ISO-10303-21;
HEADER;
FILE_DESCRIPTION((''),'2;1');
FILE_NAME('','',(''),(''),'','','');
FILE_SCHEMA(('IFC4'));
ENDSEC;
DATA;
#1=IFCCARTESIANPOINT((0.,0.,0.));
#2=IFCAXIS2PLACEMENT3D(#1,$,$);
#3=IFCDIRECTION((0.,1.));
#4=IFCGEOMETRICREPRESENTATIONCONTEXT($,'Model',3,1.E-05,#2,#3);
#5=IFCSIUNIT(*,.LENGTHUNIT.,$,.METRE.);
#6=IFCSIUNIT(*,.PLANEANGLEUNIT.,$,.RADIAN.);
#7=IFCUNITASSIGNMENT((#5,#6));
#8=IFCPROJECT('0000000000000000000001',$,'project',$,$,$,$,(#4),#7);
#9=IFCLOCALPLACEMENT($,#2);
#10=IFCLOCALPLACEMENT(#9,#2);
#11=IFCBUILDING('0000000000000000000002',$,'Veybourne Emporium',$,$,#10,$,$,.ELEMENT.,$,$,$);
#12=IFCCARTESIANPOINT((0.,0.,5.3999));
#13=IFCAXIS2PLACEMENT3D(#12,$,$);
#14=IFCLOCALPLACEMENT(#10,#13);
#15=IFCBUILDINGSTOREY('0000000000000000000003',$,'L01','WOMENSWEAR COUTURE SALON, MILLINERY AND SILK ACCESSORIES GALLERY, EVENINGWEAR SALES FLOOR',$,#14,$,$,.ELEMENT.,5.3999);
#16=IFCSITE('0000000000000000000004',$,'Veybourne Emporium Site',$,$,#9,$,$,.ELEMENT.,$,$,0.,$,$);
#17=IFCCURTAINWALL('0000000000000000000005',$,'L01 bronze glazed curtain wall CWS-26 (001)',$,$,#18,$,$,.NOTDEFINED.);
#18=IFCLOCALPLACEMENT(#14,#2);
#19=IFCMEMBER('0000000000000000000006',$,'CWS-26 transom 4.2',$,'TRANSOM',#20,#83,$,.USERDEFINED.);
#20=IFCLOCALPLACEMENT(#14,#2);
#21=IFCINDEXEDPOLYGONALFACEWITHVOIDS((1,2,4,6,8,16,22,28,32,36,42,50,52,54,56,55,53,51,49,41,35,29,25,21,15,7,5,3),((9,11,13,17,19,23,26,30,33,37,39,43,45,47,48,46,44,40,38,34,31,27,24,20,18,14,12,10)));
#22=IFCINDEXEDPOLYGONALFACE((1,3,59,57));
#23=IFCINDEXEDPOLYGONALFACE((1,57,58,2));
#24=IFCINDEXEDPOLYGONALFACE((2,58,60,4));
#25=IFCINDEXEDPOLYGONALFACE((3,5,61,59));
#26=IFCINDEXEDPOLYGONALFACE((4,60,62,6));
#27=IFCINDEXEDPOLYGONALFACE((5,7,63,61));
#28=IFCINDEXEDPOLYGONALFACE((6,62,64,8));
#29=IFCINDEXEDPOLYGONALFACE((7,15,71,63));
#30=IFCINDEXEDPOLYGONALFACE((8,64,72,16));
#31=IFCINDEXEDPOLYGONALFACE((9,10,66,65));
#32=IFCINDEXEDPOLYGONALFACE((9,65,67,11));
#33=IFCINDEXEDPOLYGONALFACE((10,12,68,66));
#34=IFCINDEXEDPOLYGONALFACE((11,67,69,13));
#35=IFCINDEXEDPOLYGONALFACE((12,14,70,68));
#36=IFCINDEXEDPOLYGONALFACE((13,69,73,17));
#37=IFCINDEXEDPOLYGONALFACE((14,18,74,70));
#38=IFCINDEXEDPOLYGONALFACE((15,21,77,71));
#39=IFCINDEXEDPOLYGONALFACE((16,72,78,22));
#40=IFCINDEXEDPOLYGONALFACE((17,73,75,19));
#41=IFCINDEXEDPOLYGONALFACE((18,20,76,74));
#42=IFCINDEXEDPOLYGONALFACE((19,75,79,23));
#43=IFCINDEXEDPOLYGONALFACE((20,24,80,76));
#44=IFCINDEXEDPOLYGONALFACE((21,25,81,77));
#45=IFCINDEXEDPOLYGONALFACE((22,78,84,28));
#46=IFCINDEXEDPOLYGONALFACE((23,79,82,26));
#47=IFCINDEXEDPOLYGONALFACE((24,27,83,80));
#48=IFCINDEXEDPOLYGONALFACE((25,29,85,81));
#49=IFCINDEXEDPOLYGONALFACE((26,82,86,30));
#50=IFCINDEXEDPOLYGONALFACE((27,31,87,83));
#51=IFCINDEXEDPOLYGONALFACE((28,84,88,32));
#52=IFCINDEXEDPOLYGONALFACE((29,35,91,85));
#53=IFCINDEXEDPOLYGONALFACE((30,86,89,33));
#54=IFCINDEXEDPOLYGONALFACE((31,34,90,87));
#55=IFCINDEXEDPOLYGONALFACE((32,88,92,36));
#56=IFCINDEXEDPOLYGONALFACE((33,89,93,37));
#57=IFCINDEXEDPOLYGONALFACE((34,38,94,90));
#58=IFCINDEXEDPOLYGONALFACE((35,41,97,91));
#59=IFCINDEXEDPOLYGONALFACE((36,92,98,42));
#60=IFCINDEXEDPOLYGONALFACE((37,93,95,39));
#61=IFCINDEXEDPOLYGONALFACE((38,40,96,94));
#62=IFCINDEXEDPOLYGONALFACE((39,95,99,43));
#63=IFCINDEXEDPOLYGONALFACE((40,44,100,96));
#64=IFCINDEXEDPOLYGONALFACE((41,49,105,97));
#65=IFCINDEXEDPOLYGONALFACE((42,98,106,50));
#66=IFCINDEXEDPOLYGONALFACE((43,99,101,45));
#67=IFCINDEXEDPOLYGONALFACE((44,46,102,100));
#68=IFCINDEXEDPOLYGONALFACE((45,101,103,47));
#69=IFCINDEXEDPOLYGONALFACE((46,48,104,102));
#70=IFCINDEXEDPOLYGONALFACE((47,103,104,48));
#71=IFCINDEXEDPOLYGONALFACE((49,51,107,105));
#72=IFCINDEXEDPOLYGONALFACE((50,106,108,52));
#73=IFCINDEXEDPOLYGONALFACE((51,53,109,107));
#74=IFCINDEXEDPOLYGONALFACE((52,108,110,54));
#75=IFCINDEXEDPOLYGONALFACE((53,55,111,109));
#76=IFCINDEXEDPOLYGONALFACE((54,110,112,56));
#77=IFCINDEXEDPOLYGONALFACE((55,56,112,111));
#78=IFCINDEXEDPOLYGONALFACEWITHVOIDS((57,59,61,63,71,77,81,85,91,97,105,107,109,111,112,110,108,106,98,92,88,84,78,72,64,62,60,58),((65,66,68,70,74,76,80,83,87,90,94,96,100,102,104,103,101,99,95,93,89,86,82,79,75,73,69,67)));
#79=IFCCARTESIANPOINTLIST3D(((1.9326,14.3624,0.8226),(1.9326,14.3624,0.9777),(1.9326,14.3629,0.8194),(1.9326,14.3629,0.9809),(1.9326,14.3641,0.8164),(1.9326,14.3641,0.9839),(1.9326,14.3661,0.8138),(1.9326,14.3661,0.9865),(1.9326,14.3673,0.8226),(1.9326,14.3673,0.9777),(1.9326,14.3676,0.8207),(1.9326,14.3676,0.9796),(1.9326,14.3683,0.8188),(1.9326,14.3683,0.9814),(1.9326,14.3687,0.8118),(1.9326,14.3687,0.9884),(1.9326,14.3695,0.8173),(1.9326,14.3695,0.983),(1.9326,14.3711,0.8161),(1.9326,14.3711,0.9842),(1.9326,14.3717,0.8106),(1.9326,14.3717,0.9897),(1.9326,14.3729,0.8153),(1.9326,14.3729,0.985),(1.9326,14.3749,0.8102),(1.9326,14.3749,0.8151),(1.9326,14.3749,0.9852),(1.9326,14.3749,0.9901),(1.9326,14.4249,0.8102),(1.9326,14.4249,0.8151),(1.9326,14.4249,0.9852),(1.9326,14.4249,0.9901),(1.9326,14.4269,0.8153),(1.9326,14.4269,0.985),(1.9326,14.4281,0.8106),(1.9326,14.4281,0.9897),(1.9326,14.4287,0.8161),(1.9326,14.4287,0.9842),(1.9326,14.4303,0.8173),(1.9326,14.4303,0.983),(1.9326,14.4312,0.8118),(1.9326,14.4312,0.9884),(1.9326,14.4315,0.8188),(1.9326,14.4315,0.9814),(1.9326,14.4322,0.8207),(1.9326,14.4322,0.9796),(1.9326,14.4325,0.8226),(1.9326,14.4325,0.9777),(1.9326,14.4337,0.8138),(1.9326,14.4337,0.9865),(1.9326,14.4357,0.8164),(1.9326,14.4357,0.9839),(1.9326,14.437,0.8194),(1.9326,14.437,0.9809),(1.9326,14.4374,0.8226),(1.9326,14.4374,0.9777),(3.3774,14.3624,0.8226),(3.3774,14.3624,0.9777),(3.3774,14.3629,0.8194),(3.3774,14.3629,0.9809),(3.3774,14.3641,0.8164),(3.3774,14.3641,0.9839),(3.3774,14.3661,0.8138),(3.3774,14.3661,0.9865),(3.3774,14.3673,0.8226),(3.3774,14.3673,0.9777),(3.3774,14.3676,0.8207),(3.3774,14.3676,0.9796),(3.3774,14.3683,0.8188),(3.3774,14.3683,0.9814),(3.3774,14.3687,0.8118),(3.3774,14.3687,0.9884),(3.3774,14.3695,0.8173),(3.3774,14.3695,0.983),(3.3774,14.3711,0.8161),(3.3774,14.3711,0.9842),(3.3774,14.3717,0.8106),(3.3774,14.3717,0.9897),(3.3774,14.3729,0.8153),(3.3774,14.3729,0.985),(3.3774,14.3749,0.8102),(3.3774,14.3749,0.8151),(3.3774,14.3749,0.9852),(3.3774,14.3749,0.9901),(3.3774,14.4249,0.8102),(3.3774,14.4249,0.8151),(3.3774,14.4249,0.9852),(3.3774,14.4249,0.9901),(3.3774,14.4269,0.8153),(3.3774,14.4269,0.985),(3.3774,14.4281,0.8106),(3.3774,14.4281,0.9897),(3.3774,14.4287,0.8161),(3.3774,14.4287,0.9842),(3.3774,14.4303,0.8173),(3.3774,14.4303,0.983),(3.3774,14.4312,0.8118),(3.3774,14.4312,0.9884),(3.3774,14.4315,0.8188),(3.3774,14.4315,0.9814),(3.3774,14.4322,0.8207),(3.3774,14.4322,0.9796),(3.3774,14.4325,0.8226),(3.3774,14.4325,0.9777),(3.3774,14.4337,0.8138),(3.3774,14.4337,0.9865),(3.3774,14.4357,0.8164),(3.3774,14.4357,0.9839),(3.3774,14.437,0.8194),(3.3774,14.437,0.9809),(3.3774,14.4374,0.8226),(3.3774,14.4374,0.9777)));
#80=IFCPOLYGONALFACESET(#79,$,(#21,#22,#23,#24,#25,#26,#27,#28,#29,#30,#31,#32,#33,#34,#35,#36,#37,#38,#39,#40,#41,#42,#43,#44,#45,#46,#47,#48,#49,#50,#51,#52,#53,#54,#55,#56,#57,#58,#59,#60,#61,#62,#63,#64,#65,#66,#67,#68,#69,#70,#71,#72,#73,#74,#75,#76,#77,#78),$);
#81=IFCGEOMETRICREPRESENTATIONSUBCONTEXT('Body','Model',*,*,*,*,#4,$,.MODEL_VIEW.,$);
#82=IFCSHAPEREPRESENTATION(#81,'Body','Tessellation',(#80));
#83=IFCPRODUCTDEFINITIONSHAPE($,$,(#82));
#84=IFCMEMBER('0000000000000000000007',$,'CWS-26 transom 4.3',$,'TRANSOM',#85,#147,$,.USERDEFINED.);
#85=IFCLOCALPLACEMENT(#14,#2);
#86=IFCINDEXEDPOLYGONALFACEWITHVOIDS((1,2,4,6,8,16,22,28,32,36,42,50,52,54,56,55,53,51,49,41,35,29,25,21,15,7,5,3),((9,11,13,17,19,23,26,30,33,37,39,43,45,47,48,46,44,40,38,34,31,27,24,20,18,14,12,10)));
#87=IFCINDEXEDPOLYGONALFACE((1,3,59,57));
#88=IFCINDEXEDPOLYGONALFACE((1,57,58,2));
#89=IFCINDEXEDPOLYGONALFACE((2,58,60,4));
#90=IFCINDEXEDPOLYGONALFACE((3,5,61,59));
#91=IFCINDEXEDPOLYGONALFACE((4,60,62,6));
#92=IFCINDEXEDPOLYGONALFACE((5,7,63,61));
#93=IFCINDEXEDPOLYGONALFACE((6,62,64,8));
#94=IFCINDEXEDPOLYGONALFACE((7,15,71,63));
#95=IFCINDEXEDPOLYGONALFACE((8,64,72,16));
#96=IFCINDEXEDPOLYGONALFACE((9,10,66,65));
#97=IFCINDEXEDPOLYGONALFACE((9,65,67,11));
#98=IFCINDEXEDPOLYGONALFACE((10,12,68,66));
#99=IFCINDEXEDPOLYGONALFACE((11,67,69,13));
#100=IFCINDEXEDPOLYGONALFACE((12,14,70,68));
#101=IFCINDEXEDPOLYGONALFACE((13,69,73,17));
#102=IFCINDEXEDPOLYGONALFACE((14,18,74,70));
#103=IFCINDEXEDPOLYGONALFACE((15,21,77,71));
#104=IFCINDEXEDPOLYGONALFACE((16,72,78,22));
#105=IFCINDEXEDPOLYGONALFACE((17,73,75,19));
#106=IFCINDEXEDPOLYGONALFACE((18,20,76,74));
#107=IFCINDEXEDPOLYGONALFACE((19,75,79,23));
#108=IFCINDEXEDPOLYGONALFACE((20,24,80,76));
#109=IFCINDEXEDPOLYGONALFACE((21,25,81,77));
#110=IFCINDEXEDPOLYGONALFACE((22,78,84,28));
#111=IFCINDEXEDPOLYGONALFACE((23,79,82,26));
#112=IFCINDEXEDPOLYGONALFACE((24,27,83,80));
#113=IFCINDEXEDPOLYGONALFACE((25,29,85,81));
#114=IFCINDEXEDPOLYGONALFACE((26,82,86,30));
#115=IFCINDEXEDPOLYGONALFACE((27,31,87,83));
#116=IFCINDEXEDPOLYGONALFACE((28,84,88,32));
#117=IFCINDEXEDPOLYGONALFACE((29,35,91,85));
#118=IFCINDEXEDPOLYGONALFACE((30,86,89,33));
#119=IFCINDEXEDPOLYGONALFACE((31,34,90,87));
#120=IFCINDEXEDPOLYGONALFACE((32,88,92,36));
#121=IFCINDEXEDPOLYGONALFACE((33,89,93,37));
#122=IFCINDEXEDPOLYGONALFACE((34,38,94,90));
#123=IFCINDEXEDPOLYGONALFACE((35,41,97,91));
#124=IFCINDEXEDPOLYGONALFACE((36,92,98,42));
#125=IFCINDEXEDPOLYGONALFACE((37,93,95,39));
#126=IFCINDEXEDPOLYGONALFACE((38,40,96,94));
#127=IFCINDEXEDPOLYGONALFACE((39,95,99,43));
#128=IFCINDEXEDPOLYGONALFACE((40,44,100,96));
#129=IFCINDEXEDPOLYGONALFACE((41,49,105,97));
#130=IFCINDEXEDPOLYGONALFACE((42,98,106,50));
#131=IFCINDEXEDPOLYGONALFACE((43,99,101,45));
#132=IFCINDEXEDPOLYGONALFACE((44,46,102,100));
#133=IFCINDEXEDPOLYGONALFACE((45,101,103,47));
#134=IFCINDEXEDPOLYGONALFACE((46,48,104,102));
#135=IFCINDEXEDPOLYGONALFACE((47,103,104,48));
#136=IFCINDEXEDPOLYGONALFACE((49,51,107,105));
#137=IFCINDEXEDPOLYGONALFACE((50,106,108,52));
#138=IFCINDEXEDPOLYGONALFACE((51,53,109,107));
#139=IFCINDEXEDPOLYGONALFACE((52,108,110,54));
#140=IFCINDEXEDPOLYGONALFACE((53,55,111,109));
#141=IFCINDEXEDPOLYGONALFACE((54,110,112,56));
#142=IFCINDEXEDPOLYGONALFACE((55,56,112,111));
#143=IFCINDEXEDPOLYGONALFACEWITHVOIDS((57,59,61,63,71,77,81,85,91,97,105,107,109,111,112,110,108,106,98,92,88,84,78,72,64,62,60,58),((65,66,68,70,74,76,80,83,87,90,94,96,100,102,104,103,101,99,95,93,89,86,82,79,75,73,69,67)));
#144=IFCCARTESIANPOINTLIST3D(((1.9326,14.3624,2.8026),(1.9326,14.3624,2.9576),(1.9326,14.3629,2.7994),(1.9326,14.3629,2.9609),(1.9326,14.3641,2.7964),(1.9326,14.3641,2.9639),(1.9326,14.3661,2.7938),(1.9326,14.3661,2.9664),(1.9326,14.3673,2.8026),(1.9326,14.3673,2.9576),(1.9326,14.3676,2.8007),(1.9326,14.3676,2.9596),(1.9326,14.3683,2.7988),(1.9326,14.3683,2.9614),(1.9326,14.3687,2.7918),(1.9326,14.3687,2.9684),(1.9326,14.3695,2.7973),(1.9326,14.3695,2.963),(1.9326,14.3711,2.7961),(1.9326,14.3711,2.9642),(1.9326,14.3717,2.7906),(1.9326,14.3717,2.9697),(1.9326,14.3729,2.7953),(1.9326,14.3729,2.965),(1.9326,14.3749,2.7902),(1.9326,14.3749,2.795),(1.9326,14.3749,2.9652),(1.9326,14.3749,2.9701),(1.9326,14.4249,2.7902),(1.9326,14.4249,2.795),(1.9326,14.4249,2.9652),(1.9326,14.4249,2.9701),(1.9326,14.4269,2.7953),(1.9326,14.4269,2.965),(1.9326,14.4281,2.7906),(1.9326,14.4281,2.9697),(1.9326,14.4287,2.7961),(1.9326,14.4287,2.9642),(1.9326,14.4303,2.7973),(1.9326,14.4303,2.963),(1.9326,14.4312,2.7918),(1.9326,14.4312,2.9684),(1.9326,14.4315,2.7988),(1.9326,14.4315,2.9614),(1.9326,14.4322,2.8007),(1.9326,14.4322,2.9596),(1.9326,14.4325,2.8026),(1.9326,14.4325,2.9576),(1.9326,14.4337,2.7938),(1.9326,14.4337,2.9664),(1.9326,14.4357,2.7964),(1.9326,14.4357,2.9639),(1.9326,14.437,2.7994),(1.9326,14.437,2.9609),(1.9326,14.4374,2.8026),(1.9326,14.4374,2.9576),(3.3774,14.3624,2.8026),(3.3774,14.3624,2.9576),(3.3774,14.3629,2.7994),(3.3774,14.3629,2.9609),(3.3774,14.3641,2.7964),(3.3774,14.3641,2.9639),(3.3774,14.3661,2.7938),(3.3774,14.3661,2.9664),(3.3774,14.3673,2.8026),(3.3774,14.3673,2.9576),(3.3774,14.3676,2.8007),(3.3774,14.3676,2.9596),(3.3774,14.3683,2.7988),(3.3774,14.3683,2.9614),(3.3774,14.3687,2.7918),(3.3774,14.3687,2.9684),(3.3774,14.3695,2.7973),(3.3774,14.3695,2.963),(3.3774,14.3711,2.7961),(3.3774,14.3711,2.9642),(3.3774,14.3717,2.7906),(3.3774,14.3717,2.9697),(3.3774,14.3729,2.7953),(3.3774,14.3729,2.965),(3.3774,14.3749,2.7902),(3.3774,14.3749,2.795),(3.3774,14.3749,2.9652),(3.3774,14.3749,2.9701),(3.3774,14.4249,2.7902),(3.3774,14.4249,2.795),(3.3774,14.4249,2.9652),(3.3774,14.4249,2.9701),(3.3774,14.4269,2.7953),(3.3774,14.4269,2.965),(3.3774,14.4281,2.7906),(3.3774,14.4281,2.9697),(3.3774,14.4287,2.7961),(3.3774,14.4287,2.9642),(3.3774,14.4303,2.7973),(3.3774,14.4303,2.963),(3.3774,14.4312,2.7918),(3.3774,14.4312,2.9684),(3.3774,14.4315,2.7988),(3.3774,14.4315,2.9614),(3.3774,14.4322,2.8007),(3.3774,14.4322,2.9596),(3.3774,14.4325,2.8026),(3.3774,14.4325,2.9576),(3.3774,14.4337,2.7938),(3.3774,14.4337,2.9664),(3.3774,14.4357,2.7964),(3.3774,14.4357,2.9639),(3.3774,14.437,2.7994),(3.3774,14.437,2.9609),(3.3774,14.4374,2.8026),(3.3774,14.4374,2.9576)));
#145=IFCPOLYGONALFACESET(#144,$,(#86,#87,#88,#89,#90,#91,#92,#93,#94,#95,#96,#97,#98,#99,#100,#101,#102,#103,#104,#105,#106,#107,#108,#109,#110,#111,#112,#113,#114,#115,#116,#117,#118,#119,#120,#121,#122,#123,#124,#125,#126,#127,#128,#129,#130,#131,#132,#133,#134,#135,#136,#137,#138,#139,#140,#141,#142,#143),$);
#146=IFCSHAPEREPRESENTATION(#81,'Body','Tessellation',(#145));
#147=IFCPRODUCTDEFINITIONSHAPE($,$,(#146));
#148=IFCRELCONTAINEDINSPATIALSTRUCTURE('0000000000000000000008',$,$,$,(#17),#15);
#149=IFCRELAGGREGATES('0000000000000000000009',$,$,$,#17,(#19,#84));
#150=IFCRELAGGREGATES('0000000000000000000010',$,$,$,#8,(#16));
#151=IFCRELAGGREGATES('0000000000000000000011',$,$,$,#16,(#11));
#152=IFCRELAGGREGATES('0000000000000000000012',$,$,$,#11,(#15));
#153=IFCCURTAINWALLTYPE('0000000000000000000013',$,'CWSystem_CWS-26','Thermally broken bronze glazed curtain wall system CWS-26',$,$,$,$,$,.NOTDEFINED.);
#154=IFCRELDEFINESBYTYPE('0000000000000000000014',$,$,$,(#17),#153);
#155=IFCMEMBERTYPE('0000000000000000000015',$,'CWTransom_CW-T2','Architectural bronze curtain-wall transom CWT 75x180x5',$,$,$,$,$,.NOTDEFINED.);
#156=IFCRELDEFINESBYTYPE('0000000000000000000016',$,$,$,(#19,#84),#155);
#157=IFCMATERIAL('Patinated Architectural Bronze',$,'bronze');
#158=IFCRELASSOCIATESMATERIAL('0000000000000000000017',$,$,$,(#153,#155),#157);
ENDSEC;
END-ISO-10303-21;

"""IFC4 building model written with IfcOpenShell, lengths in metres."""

from ifc_helpers import new_model, si_unit, direction, frame, origin, origin_2d, place, context, subcontext, project, spatial, hollow_rectangle, extrude, material, material_profile, profile_set, type_object, element, aggregate, save


model = new_model("IFC4")

# Units and contexts
model_context = context("Model", 3, precision=1e-05, world=origin(), true_north=direction((0.0, 1.0)))
body_context = subcontext(model_context, "Body", "Model", "MODEL_VIEW")
ifc_project = project(units=[si_unit("LENGTHUNIT", "METRE"), si_unit("PLANEANGLEUNIT", "RADIAN")], contexts=[model_context])

# Site, building, storey
site_placement = place(None, origin())
site = spatial("IfcSite", under=ifc_project, at=site_placement, Name="Veybourne Emporium Site", CompositionType="ELEMENT", RefElevation=0.0)
building_placement = place(site_placement, origin())
building = spatial("IfcBuilding", under=site, at=building_placement, Name="Veybourne Emporium", CompositionType="ELEMENT")
storey_placement = place(building_placement, frame((0.0, 0.0, 5.3999)))
storey = spatial("IfcBuildingStorey", under=building, at=storey_placement, Name="L01", Description="WOMENSWEAR COUTURE SALON, MILLINERY AND SILK ACCESSORIES GALLERY, EVENINGWEAR SALES FLOOR", CompositionType="ELEMENT", Elevation=5.3999)

# Curtain wall, members
ifc_material_1 = material(Name="Patinated Architectural Bronze", Category="bronze")
curtain_wall_type = type_object("IfcCurtainWallType", Name="CWSystem_CWS-26", Description="Thermally broken bronze glazed curtain wall system CWS-26", PredefinedType="NOTDEFINED", material=ifc_material_1)
curtain_wall_placement = place(storey_placement, origin())
curtain_wall = element("IfcCurtainWall", 1, at=curtain_wall_placement, inside=storey, type_object=curtain_wall_type, Name="L01 bronze glazed curtain wall CWS-26 (001)", PredefinedType="NOTDEFINED")
ifc_material_profile_1 = material_profile(ifc_material_1, hollow_rectangle(XDim=0.075, YDim=0.1799, WallThickness=0.0049, InnerFilletRadius=0.0076, OuterFilletRadius=0.0125, at=origin_2d()), Name="CWT 75x180x5")
ifc_profile_set_1 = profile_set([ifc_material_profile_1], Name="Patinated Architectural Bronze")
member_type_1 = type_object("IfcMemberType", Name="CWTransom_CW-T2", Description="Architectural bronze curtain-wall transom CWT 75x180x5", PredefinedType="NOTDEFINED", material=ifc_profile_set_1)
member_1_placement = place(storey_placement, frame((3.3774, 14.3999, 0.9001), z_axis=(-1.0, 0.0, 0.0), x_axis=(0.0, -1.0, 0.0)))
member_1 = element("IfcMember", 2, at=member_1_placement, type_object=member_type_1, Name="CWS-26 transom 4.2", ObjectType="TRANSOM", PredefinedType="USERDEFINED", context=body_context, shape_type="SweptSolid", body=[
    extrude(hollow_rectangle(XDim=0.075, YDim=0.1799, WallThickness=0.0049, InnerFilletRadius=0.0076, OuterFilletRadius=0.0125, at=origin_2d()), origin(), (0.0, 0.0, 1.0), 1.4448),
])
member_2_placement = place(storey_placement, frame((3.3774, 14.3999, 2.8801), z_axis=(-1.0, 0.0, 0.0), x_axis=(0.0, -1.0, 0.0)))
member_2 = element("IfcMember", 3, at=member_2_placement, type_object=member_type_1, Name="CWS-26 transom 4.3", ObjectType="TRANSOM", PredefinedType="USERDEFINED", context=body_context, shape_type="SweptSolid", body=[
    extrude(hollow_rectangle(XDim=0.075, YDim=0.1799, WallThickness=0.0049, InnerFilletRadius=0.0076, OuterFilletRadius=0.0125, at=origin_2d()), origin(), (0.0, 0.0, 1.0), 1.4448),
])

aggregate(curtain_wall, [member_1, member_2])

save(model, "model.ifc")
